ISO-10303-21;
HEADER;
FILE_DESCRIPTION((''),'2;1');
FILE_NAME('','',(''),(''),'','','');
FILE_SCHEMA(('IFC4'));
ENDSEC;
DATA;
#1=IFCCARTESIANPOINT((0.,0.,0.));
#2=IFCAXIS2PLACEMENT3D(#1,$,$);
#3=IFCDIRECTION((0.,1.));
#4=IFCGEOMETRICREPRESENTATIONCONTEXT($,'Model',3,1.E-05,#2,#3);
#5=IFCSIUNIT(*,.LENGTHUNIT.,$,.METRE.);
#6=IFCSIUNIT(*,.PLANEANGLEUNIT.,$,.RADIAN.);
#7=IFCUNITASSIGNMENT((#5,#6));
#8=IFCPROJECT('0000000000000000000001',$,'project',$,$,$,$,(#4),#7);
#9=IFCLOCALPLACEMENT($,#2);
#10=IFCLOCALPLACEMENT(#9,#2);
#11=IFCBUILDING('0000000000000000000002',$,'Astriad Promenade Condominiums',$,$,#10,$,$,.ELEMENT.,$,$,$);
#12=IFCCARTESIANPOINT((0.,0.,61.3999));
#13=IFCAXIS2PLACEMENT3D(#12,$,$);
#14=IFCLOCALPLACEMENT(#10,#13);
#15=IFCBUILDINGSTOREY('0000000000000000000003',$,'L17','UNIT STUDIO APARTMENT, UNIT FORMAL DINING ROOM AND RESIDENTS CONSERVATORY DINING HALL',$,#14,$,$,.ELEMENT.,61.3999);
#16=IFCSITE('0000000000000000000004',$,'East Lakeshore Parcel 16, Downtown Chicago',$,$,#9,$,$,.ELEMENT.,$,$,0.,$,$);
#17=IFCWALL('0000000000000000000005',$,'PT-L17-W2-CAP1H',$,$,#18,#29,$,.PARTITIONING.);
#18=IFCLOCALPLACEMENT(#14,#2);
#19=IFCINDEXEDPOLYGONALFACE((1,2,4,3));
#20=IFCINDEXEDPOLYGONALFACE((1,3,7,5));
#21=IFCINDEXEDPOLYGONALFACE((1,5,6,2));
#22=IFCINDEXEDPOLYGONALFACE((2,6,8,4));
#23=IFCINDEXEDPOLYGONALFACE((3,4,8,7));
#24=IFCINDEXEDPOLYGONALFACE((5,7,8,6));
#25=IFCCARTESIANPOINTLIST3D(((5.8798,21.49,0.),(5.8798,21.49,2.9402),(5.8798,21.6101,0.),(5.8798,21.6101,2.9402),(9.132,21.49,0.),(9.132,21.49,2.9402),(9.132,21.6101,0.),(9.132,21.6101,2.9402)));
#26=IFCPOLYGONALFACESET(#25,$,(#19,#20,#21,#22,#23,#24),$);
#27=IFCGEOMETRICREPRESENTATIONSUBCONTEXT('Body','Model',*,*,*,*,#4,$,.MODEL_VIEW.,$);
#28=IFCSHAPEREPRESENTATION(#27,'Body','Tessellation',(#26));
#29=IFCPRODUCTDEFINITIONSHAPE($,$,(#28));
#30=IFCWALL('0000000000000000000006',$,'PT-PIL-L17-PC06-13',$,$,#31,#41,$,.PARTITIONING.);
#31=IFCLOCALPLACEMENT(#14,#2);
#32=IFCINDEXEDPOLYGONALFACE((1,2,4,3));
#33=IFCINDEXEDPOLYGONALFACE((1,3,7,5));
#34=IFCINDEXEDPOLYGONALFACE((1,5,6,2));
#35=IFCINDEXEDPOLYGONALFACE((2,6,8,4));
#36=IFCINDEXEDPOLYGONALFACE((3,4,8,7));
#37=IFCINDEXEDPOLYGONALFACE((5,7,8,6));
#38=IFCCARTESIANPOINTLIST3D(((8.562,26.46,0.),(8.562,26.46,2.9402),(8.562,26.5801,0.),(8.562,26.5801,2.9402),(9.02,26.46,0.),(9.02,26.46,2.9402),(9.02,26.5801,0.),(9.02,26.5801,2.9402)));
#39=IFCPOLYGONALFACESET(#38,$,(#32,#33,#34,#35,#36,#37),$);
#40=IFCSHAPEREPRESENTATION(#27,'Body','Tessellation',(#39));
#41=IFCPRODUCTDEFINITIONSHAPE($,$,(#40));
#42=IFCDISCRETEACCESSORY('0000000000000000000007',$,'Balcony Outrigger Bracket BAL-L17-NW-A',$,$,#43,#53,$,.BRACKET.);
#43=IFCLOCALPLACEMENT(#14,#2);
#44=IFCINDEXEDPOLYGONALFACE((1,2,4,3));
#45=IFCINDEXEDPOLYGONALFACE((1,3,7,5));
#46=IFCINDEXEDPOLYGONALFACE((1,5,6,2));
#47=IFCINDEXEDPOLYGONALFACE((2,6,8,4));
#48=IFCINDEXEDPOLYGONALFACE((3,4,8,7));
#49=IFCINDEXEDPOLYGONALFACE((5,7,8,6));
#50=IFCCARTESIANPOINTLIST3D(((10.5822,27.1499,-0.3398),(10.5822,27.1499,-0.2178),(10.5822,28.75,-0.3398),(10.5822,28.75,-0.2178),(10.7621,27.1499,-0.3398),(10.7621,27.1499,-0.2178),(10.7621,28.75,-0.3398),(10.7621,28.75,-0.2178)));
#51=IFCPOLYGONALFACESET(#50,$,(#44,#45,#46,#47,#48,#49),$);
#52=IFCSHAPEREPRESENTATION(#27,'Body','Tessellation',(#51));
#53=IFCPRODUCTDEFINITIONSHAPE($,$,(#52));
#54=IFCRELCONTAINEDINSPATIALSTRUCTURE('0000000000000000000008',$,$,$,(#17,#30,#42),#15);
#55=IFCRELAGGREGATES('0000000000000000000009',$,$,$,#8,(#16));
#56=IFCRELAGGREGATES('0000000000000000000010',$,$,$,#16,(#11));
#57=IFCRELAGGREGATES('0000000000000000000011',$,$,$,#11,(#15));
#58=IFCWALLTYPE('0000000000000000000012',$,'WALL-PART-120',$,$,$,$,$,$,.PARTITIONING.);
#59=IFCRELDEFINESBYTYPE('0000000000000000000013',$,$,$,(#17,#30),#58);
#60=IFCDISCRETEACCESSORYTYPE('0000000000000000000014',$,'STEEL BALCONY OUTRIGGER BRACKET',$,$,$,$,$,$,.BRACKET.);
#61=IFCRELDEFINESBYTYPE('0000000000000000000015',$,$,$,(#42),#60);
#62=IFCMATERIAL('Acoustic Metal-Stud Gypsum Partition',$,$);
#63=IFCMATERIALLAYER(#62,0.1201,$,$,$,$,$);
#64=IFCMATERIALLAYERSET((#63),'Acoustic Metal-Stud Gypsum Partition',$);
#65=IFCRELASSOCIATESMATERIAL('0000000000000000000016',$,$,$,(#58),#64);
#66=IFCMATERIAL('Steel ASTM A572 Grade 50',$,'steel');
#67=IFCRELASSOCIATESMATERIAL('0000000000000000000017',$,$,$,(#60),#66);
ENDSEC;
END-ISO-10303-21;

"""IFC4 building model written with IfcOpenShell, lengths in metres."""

from ifc_helpers import new_model, si_unit, direction, frame, frame_2d, origin, origin_2d, place, context, subcontext, project, spatial, rectangle, extrude, source, transform, mapped, material, layer, layer_set, type_object, type_shapes, element, save


model = new_model("IFC4")

# Units and contexts
model_context = context("Model", 3, precision=1e-05, world=origin(), true_north=direction((0.0, 1.0)))
body_context = subcontext(model_context, "Body", "Model", "MODEL_VIEW")
ifc_project = project(units=[si_unit("LENGTHUNIT", "METRE"), si_unit("PLANEANGLEUNIT", "RADIAN")], contexts=[model_context])

# Site, building, storey
site_placement = place(None, origin())
site = spatial("IfcSite", under=ifc_project, at=site_placement, Name="East Lakeshore Parcel 16, Downtown Chicago", CompositionType="ELEMENT", RefElevation=0.0)
building_placement = place(site_placement, origin())
building = spatial("IfcBuilding", under=site, at=building_placement, Name="Astriad Promenade Condominiums", CompositionType="ELEMENT")
storey_placement = place(building_placement, frame((0.0, 0.0, 61.3999)))
storey = spatial("IfcBuildingStorey", under=building, at=storey_placement, Name="L17", Description="UNIT STUDIO APARTMENT, UNIT FORMAL DINING ROOM AND RESIDENTS CONSERVATORY DINING HALL", CompositionType="ELEMENT", Elevation=61.3999)

# Shared definitions
ifc_material_1 = material(Name="Acoustic Metal-Stud Gypsum Partition")
ifc_layer_1 = layer(ifc_material_1, 0.1201)
ifc_layer_set_1 = layer_set([ifc_layer_1], Name="Acoustic Metal-Stud Gypsum Partition")
wall_type_1 = type_object("IfcWallType", Name="WALL-PART-120", PredefinedType="PARTITIONING", material=ifc_layer_set_1)

# Walls
wall_1_placement = place(storey_placement, frame((5.8799, 21.55, 0.0), z_axis=(0.0, 0.0, 1.0), x_axis=(1.0, 0.0, 0.0)))
element("IfcWall", 1, at=wall_1_placement, inside=storey, type_object=wall_type_1, Name="PT-L17-W2-CAP1H", PredefinedType="PARTITIONING", context=body_context, shape_type="SweptSolid", body=[
    extrude(rectangle(XDim=3.2522, YDim=0.1201, at=frame_2d((1.626, 0.0))), origin(), (0.0, 0.0, 1.0), 2.9402),
])
wall_2_placement = place(storey_placement, frame((9.02, 26.52, 0.0), z_axis=(0.0, 0.0, 1.0), x_axis=(-1.0, 0.0, 0.0)))
element("IfcWall", 2, at=wall_2_placement, inside=storey, type_object=wall_type_1, Name="PT-PIL-L17-PC06-13", PredefinedType="PARTITIONING", context=body_context, shape_type="SweptSolid", body=[
    extrude(rectangle(XDim=0.458, YDim=0.1201, at=frame_2d((0.229, 0.0))), origin(), (0.0, 0.0, 1.0), 2.9402),
])

# Discrete accessory
ifc_material_2 = material(Name="Steel ASTM A572 Grade 50", Category="steel")
discrete_accessory_type = type_object("IfcDiscreteAccessoryType", Name="STEEL BALCONY OUTRIGGER BRACKET", PredefinedType="BRACKET", material=ifc_material_2)
shared_shape_1 = source(origin(), body_context, "Body", "SweptSolid", [
    extrude(rectangle(XDim=1.6001, YDim=0.1799, at=origin_2d()), origin(), (0.0, 0.0, 1.0), 0.1221),
])
type_shapes(discrete_accessory_type, [shared_shape_1])
discrete_accessory_placement = place(storey_placement, frame((10.6721, 27.95, -0.3398), z_axis=(0.0, 0.0, 1.0), x_axis=(0.0, 1.0, 0.0)))
element("IfcDiscreteAccessory", 3, at=discrete_accessory_placement, inside=storey, type_object=discrete_accessory_type, Name="Balcony Outrigger Bracket BAL-L17-NW-A", PredefinedType="BRACKET", context=body_context, shape_type="MappedRepresentation", body=[
    mapped(shared_shape_1, transform((0.0, 0.0, 0.0), scale=1.0)),
])

save(model, "model.ifc")
